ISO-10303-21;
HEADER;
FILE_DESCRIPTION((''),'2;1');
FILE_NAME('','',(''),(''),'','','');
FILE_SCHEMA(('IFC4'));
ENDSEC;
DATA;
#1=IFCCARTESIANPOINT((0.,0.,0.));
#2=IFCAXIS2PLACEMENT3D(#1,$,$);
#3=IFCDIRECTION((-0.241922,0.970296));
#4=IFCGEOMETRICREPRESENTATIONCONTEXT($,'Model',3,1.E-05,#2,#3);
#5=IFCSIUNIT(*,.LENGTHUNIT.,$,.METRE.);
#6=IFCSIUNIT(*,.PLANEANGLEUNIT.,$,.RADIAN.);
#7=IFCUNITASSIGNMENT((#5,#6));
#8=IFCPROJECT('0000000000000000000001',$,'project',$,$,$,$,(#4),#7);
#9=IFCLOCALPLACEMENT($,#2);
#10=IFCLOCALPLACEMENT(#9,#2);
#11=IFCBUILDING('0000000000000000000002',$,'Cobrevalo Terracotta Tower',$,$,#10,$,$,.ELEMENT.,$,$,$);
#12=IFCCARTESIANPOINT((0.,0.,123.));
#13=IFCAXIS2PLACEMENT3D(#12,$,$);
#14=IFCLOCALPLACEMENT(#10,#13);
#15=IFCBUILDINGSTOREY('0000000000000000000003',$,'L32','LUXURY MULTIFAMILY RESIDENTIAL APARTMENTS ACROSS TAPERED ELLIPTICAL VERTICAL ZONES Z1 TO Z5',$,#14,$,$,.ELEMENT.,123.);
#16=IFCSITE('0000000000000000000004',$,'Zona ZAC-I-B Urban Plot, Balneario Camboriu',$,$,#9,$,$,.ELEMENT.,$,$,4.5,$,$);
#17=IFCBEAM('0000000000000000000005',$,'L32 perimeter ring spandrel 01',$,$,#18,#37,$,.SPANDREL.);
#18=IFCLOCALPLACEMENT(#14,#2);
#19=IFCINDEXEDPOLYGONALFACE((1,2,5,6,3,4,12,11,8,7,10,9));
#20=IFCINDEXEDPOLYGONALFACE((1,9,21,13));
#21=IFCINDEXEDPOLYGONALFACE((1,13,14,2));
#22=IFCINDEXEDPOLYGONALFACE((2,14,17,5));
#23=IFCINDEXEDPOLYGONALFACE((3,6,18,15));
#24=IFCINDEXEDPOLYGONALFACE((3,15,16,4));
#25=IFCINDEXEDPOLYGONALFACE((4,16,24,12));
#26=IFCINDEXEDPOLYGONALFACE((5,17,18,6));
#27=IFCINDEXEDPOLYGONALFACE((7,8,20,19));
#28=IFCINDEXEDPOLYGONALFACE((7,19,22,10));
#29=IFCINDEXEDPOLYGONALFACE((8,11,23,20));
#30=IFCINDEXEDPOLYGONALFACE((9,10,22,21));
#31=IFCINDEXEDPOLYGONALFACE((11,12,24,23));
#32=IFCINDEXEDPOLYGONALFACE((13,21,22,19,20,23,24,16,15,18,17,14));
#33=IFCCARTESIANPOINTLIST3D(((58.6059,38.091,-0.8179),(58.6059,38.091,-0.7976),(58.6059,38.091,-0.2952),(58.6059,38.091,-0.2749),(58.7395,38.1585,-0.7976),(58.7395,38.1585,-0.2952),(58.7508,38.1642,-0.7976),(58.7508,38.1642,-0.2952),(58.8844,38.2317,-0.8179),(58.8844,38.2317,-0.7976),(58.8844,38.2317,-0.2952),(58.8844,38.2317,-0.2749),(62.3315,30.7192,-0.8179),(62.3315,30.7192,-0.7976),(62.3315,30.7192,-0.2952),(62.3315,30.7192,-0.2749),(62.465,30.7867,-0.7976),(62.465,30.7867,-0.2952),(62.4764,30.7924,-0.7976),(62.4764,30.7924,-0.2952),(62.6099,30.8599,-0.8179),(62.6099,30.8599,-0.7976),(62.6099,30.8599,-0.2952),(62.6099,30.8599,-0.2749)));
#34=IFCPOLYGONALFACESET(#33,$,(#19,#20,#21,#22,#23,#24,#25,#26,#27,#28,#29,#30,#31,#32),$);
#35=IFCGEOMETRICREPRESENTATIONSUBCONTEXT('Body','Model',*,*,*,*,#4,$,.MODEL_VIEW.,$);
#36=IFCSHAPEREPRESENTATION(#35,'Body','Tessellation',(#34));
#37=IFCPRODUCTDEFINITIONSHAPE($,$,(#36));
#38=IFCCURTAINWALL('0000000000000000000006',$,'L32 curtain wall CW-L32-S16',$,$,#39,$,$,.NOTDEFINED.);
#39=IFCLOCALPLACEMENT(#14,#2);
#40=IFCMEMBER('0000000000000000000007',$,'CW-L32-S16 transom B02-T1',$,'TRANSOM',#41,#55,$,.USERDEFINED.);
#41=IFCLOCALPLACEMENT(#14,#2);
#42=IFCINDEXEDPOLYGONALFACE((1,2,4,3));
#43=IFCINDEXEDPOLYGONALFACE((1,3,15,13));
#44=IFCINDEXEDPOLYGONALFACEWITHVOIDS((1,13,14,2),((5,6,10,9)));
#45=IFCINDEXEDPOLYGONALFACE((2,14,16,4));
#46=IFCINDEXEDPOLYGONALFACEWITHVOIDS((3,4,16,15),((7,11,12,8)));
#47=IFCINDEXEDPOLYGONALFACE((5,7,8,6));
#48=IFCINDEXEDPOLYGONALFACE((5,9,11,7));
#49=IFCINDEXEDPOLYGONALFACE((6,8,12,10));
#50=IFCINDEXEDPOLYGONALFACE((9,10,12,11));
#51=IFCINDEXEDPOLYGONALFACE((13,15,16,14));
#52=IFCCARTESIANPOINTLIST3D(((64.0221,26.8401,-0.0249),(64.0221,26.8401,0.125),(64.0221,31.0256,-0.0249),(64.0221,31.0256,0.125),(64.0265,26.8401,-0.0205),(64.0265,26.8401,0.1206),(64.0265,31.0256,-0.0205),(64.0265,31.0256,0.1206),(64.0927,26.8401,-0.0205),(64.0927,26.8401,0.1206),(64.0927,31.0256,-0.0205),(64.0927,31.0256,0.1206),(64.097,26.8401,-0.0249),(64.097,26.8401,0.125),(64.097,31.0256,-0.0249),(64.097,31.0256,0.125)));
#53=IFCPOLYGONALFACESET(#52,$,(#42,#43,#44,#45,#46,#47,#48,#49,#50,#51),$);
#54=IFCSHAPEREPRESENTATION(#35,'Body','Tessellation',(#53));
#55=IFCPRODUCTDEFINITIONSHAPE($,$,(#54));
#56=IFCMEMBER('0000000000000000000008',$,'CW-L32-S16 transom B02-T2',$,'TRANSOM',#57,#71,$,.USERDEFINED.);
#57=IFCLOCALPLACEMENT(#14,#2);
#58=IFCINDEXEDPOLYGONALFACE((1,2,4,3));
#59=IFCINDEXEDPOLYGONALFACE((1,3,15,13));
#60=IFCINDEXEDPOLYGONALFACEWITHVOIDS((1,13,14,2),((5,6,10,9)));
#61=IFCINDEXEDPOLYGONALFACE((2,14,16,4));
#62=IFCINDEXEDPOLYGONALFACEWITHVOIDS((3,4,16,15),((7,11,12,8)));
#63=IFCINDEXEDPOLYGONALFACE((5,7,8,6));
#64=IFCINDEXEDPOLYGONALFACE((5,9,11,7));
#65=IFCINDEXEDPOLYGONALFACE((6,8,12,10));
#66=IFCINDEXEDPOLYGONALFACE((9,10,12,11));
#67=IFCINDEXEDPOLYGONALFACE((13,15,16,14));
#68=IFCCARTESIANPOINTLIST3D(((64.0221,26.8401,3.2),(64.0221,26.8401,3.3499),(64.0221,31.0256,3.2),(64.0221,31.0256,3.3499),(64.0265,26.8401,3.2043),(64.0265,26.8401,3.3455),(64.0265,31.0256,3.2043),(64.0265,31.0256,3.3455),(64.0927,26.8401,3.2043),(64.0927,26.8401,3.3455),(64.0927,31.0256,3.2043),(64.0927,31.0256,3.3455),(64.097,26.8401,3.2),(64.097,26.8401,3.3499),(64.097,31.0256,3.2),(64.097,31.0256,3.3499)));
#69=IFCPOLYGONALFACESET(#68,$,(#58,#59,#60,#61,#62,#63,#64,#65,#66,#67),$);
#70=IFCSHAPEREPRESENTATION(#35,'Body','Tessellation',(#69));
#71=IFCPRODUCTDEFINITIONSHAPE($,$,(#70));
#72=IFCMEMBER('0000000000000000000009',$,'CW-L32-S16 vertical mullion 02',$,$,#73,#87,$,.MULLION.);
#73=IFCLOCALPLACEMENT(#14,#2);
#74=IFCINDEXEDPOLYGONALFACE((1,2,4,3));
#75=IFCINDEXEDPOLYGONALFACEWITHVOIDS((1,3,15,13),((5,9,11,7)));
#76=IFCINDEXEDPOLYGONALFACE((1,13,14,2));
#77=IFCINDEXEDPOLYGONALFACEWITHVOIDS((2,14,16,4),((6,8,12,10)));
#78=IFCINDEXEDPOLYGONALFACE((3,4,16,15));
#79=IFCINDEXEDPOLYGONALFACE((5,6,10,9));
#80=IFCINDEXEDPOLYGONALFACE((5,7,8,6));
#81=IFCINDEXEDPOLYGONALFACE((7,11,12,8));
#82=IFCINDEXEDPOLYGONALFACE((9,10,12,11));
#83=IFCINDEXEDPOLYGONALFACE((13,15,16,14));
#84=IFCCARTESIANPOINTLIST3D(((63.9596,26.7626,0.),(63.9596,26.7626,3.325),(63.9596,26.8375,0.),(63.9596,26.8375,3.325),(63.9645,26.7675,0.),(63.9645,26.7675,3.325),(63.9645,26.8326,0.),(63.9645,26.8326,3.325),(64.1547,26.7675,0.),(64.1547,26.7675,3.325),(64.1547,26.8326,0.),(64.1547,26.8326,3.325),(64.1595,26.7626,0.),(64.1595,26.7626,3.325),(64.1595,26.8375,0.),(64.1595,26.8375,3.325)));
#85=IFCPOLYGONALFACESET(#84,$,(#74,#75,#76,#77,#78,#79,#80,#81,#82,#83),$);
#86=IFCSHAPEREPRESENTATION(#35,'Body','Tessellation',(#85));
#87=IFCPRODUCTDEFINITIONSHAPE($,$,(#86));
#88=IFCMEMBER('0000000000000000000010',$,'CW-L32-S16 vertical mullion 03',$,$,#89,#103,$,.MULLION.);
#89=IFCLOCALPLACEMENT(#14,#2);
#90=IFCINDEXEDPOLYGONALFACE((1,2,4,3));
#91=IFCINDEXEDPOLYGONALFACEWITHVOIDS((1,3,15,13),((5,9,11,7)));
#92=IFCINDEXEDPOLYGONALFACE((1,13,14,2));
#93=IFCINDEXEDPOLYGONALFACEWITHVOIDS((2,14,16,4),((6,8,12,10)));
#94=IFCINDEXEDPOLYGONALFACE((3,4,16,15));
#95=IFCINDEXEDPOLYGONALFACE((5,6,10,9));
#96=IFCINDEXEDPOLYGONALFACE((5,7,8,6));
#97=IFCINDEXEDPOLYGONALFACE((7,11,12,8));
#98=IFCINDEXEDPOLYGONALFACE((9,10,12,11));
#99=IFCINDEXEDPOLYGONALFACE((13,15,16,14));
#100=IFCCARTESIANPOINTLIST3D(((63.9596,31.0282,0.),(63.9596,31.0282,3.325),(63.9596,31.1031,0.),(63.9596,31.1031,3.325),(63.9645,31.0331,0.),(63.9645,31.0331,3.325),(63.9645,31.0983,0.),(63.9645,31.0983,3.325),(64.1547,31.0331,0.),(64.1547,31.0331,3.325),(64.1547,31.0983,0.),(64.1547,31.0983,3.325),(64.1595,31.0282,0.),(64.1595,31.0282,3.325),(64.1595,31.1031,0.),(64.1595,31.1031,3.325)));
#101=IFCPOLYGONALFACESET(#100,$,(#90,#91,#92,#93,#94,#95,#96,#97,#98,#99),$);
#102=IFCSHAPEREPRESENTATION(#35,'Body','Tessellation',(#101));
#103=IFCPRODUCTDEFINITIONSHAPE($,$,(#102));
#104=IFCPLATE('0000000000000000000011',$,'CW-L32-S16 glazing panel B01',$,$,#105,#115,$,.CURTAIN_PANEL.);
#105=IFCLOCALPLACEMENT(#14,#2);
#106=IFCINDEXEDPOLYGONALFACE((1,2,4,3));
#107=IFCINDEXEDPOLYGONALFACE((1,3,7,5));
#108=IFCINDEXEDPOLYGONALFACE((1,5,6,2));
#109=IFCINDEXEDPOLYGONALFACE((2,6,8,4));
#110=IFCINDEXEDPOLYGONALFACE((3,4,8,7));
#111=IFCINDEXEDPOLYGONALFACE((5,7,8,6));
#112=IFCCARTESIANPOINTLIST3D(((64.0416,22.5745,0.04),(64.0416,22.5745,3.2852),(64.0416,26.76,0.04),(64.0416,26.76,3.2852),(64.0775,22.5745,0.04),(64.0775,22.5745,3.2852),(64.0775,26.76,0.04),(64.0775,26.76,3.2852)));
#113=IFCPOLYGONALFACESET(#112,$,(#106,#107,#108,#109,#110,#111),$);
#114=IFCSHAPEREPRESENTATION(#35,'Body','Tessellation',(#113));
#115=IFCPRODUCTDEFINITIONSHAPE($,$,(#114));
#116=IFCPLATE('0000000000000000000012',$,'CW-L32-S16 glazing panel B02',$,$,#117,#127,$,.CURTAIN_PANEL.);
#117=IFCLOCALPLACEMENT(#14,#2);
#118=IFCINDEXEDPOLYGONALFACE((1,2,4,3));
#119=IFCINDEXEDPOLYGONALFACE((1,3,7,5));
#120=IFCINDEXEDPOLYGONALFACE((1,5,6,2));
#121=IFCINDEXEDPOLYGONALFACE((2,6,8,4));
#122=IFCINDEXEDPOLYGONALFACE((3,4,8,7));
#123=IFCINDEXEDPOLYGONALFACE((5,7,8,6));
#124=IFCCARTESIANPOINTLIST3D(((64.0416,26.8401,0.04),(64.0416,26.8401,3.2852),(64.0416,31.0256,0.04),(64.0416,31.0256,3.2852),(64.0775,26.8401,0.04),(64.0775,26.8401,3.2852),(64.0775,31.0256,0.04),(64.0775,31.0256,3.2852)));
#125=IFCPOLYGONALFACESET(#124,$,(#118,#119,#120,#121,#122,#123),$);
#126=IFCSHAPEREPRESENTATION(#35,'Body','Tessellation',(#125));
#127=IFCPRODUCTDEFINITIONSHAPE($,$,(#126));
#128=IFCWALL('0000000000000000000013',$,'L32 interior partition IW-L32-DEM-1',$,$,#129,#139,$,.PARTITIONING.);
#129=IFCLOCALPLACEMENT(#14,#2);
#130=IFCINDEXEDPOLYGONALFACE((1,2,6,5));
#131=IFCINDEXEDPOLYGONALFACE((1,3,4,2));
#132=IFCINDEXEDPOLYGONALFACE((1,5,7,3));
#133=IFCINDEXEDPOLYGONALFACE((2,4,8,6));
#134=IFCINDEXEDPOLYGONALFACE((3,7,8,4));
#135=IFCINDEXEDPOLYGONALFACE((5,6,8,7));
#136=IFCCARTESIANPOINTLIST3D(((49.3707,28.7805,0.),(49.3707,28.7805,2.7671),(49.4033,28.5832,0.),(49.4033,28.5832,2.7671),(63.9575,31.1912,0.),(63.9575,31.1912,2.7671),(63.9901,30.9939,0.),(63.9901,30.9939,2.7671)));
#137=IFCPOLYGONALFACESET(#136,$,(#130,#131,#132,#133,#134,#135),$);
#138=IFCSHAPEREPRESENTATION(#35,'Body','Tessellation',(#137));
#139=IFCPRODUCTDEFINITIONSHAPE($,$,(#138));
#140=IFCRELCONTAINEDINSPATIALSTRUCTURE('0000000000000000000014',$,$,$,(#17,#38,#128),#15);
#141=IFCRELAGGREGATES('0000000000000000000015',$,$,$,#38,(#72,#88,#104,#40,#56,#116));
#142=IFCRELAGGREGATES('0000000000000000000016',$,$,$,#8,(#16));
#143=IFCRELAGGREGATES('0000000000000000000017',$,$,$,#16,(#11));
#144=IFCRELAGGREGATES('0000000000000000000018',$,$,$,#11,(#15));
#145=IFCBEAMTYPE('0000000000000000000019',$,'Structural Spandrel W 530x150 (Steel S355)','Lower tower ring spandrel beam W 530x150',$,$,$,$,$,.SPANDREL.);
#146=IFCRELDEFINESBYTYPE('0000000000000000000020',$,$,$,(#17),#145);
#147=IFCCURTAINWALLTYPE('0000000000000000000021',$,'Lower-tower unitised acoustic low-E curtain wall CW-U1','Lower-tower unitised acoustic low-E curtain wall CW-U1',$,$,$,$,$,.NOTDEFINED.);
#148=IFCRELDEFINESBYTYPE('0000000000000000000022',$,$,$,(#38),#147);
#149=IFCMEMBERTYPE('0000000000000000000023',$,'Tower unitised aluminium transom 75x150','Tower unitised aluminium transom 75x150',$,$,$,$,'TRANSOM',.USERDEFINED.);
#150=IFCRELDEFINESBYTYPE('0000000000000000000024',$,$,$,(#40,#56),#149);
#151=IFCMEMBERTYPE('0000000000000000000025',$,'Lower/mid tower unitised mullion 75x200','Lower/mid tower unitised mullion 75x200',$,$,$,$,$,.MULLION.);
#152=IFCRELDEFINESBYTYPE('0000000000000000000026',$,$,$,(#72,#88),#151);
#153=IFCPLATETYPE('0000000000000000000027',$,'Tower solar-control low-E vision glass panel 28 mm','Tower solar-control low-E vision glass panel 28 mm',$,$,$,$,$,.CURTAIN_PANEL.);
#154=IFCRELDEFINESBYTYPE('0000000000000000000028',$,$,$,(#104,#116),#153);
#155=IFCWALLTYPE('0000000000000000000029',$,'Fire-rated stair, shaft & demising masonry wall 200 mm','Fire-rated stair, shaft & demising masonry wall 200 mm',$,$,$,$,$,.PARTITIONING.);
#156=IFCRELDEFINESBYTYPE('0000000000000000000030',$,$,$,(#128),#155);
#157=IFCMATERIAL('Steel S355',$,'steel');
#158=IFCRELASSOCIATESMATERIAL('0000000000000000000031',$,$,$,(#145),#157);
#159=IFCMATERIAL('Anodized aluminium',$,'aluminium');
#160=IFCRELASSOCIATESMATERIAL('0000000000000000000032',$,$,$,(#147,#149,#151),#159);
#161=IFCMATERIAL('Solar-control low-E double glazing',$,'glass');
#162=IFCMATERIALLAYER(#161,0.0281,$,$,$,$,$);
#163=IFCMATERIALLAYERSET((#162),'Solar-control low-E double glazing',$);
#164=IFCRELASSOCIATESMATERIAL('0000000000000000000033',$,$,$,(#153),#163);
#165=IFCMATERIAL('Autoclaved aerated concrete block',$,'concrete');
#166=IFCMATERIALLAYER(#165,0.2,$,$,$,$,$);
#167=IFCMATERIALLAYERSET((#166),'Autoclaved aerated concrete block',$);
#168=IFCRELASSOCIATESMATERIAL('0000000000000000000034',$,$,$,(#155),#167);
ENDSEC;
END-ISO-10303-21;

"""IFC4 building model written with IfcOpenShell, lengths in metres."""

from ifc_helpers import new_model, si_unit, direction, frame, frame_2d, origin, origin_2d, place, context, subcontext, project, spatial, rectangle, hollow_rectangle, i_section, extrude, source, transform, mapped, material, layer, layer_set, material_profile, profile_set, type_object, element, aggregate, save


model = new_model("IFC4")

# Units and contexts
model_context = context("Model", 3, precision=1e-05, world=origin(), true_north=direction((-0.241922, 0.970296)))
body_context = subcontext(model_context, "Body", "Model", "MODEL_VIEW")
ifc_project = project(units=[si_unit("LENGTHUNIT", "METRE"), si_unit("PLANEANGLEUNIT", "RADIAN")], contexts=[model_context])

# Site, building, storey
site_placement = place(None, origin())
site = spatial("IfcSite", under=ifc_project, at=site_placement, Name="Zona ZAC-I-B Urban Plot, Balneario Camboriu", CompositionType="ELEMENT", RefElevation=4.5)
building_placement = place(site_placement, origin())
building = spatial("IfcBuilding", under=site, at=building_placement, Name="Cobrevalo Terracotta Tower", CompositionType="ELEMENT")
storey_placement = place(building_placement, frame((0.0, 0.0, 123.0)))
storey = spatial("IfcBuildingStorey", under=building, at=storey_placement, Name="L32", Description="LUXURY MULTIFAMILY RESIDENTIAL APARTMENTS ACROSS TAPERED ELLIPTICAL VERTICAL ZONES Z1 TO Z5", CompositionType="ELEMENT", Elevation=123.0)

# Shared definitions
ifc_material_1 = material(Name="Steel S355", Category="steel")

# Beam
ifc_material_profile_1 = material_profile(ifc_material_1, i_section(OverallWidth=0.312, OverallDepth=0.543, WebThickness=0.0127, FlangeThickness=0.0203, at=origin_2d()), Name="W 530x150")
ifc_profile_set_1 = profile_set([ifc_material_profile_1], Name="Steel S355")
beam_type_1 = type_object("IfcBeamType", Name="Structural Spandrel W 530x150 (Steel S355)", Description="Lower tower ring spandrel beam W 530x150", PredefinedType="SPANDREL", material=ifc_profile_set_1)
beam_1_placement = place(storey_placement, frame((62.4707, 30.7896, -0.5464), z_axis=(-0.451052, 0.892498, 0.0), x_axis=(-0.892498, -0.451052, 0.0)))
element("IfcBeam", 1, at=beam_1_placement, inside=storey, type_object=beam_type_1, Name="L32 perimeter ring spandrel 01", PredefinedType="SPANDREL", context=body_context, shape_type="SweptSolid", body=[
    extrude(i_section(OverallWidth=0.312, OverallDepth=0.543, WebThickness=0.0127, FlangeThickness=0.0203, at=origin_2d()), origin(), (0.0, 0.0, 1.0), 8.2598),
])

# Curtain wall, members, plates
ifc_material_2 = material(Name="Anodized aluminium", Category="aluminium")
curtain_wall_type = type_object("IfcCurtainWallType", Name="Lower-tower unitised acoustic low-E curtain wall CW-U1", Description="Lower-tower unitised acoustic low-E curtain wall CW-U1", PredefinedType="NOTDEFINED", material=ifc_material_2)
curtain_wall_placement = place(storey_placement, origin())
curtain_wall = element("IfcCurtainWall", 2, at=curtain_wall_placement, inside=storey, type_object=curtain_wall_type, Name="L32 curtain wall CW-L32-S16", PredefinedType="NOTDEFINED")
ifc_material_profile_2 = material_profile(ifc_material_2, hollow_rectangle(XDim=0.075, YDim=0.1499, WallThickness=0.0044, at=origin_2d()), Name="CWT 75x150")
ifc_profile_set_2 = profile_set([ifc_material_profile_2], Name="Anodized aluminium")
member_type_1 = type_object("IfcMemberType", Name="Tower unitised aluminium transom 75x150", Description="Tower unitised aluminium transom 75x150", ElementType="TRANSOM", PredefinedType="USERDEFINED", material=ifc_profile_set_2)
shared_shape_1 = source(origin(), body_context, "Body", "SweptSolid", [
    extrude(hollow_rectangle(XDim=0.075, YDim=0.1499, WallThickness=0.0044, at=origin_2d()), origin(), (0.0, 0.0, 1.0), 4.1855),
])
member_1_placement = place(storey_placement, frame((64.0596, 26.8401, 0.05), z_axis=(0.0, 1.0, 0.0), x_axis=(-1.0, 0.0, 0.0)))
member_1 = element("IfcMember", 3, at=member_1_placement, type_object=member_type_1, Name="CW-L32-S16 transom B02-T1", ObjectType="TRANSOM", PredefinedType="USERDEFINED", context=body_context, shape_type="MappedRepresentation", body=[
    mapped(shared_shape_1, transform((0.0, 0.0, 0.0), scale=1.0)),
])
member_2_placement = place(storey_placement, frame((64.0596, 26.8401, 3.2749), z_axis=(0.0, 1.0, 0.0), x_axis=(-1.0, 0.0, 0.0)))
member_2 = element("IfcMember", 4, at=member_2_placement, type_object=member_type_1, Name="CW-L32-S16 transom B02-T2", ObjectType="TRANSOM", PredefinedType="USERDEFINED", context=body_context, shape_type="MappedRepresentation", body=[
    mapped(shared_shape_1, transform((0.0, 0.0, 0.0), scale=1.0)),
])
ifc_material_profile_3 = material_profile(ifc_material_2, hollow_rectangle(XDim=0.075, YDim=0.2, WallThickness=0.0049, at=origin_2d()), Name="CWM 75x200")
ifc_profile_set_3 = profile_set([ifc_material_profile_3], Name="Anodized aluminium")
member_type_2 = type_object("IfcMemberType", Name="Lower/mid tower unitised mullion 75x200", Description="Lower/mid tower unitised mullion 75x200", PredefinedType="MULLION", material=ifc_profile_set_3)
shared_shape_2 = source(origin(), body_context, "Body", "SweptSolid", [
    extrude(hollow_rectangle(XDim=0.075, YDim=0.2, WallThickness=0.0049, at=origin_2d()), origin(), (0.0, 0.0, 1.0), 3.325),
])
member_3_placement = place(storey_placement, frame((64.0596, 26.8, 0.0), z_axis=(0.0, 0.0, 1.0), x_axis=(0.0, 1.0, 0.0)))
member_3 = element("IfcMember", 5, at=member_3_placement, type_object=member_type_2, Name="CW-L32-S16 vertical mullion 02", PredefinedType="MULLION", context=body_context, shape_type="MappedRepresentation", body=[
    mapped(shared_shape_2, transform((0.0, 0.0, 0.0), scale=1.0)),
])
member_4_placement = place(storey_placement, frame((64.0596, 31.0657, 0.0), z_axis=(0.0, 0.0, 1.0), x_axis=(0.0, 1.0, 0.0)))
member_4 = element("IfcMember", 6, at=member_4_placement, type_object=member_type_2, Name="CW-L32-S16 vertical mullion 03", PredefinedType="MULLION", context=body_context, shape_type="MappedRepresentation", body=[
    mapped(shared_shape_2, transform((0.0, 0.0, 0.0), scale=1.0)),
])
ifc_material_3 = material(Name="Solar-control low-E double glazing", Category="glass")
ifc_layer_1 = layer(ifc_material_3, 0.0281)
ifc_layer_set_1 = layer_set([ifc_layer_1], Name="Solar-control low-E double glazing")
plate_type = type_object("IfcPlateType", Name="Tower solar-control low-E vision glass panel 28 mm", Description="Tower solar-control low-E vision glass panel 28 mm", PredefinedType="CURTAIN_PANEL", material=ifc_layer_set_1)
shared_shape_3 = source(origin(), body_context, "Body", "SweptSolid", [
    extrude(rectangle(XDim=4.1855, YDim=0.0359, at=origin_2d()), origin(), (0.0, 0.0, 1.0), 3.2451),
])
plate_1_placement = place(storey_placement, frame((64.0596, 24.6672, 0.04), z_axis=(0.0, 0.0, 1.0), x_axis=(0.0, 1.0, 0.0)))
plate_1 = element("IfcPlate", 7, at=plate_1_placement, type_object=plate_type, Name="CW-L32-S16 glazing panel B01", PredefinedType="CURTAIN_PANEL", context=body_context, shape_type="MappedRepresentation", body=[
    mapped(shared_shape_3, transform((0.0, 0.0, 0.0), scale=1.0)),
])
plate_2_placement = place(storey_placement, frame((64.0596, 28.9329, 0.04), z_axis=(0.0, 0.0, 1.0), x_axis=(0.0, 1.0, 0.0)))
plate_2 = element("IfcPlate", 8, at=plate_2_placement, type_object=plate_type, Name="CW-L32-S16 glazing panel B02", PredefinedType="CURTAIN_PANEL", context=body_context, shape_type="MappedRepresentation", body=[
    mapped(shared_shape_3, transform((0.0, 0.0, 0.0), scale=1.0)),
])
aggregate(curtain_wall, [member_3, member_4, plate_1, member_1, member_2, plate_2])

# Wall
ifc_material_4 = material(Name="Autoclaved aerated concrete block", Category="concrete")
ifc_layer_2 = layer(ifc_material_4, 0.2)
ifc_layer_set_2 = layer_set([ifc_layer_2], Name="Autoclaved aerated concrete block")
wall_type_1 = type_object("IfcWallType", Name="Fire-rated stair, shaft & demising masonry wall 200 mm", Description="Fire-rated stair, shaft & demising masonry wall 200 mm", PredefinedType="PARTITIONING", material=ifc_layer_set_2)
wall_1_placement = place(storey_placement, frame((49.387, 28.6819, 0.0), z_axis=(0.0, 0.0, 1.0), x_axis=(0.986618, 0.163049, 0.0)))
element("IfcWall", 9, at=wall_1_placement, inside=storey, type_object=wall_type_1, Name="L32 interior partition IW-L32-DEM-1", PredefinedType="PARTITIONING", context=body_context, shape_type="SweptSolid", body=[
    extrude(rectangle(XDim=14.7847, YDim=0.2, at=frame_2d((7.3923, 0.0))), origin(), (0.0, 0.0, 1.0), 2.7671),
])

save(model, "model.ifc")
